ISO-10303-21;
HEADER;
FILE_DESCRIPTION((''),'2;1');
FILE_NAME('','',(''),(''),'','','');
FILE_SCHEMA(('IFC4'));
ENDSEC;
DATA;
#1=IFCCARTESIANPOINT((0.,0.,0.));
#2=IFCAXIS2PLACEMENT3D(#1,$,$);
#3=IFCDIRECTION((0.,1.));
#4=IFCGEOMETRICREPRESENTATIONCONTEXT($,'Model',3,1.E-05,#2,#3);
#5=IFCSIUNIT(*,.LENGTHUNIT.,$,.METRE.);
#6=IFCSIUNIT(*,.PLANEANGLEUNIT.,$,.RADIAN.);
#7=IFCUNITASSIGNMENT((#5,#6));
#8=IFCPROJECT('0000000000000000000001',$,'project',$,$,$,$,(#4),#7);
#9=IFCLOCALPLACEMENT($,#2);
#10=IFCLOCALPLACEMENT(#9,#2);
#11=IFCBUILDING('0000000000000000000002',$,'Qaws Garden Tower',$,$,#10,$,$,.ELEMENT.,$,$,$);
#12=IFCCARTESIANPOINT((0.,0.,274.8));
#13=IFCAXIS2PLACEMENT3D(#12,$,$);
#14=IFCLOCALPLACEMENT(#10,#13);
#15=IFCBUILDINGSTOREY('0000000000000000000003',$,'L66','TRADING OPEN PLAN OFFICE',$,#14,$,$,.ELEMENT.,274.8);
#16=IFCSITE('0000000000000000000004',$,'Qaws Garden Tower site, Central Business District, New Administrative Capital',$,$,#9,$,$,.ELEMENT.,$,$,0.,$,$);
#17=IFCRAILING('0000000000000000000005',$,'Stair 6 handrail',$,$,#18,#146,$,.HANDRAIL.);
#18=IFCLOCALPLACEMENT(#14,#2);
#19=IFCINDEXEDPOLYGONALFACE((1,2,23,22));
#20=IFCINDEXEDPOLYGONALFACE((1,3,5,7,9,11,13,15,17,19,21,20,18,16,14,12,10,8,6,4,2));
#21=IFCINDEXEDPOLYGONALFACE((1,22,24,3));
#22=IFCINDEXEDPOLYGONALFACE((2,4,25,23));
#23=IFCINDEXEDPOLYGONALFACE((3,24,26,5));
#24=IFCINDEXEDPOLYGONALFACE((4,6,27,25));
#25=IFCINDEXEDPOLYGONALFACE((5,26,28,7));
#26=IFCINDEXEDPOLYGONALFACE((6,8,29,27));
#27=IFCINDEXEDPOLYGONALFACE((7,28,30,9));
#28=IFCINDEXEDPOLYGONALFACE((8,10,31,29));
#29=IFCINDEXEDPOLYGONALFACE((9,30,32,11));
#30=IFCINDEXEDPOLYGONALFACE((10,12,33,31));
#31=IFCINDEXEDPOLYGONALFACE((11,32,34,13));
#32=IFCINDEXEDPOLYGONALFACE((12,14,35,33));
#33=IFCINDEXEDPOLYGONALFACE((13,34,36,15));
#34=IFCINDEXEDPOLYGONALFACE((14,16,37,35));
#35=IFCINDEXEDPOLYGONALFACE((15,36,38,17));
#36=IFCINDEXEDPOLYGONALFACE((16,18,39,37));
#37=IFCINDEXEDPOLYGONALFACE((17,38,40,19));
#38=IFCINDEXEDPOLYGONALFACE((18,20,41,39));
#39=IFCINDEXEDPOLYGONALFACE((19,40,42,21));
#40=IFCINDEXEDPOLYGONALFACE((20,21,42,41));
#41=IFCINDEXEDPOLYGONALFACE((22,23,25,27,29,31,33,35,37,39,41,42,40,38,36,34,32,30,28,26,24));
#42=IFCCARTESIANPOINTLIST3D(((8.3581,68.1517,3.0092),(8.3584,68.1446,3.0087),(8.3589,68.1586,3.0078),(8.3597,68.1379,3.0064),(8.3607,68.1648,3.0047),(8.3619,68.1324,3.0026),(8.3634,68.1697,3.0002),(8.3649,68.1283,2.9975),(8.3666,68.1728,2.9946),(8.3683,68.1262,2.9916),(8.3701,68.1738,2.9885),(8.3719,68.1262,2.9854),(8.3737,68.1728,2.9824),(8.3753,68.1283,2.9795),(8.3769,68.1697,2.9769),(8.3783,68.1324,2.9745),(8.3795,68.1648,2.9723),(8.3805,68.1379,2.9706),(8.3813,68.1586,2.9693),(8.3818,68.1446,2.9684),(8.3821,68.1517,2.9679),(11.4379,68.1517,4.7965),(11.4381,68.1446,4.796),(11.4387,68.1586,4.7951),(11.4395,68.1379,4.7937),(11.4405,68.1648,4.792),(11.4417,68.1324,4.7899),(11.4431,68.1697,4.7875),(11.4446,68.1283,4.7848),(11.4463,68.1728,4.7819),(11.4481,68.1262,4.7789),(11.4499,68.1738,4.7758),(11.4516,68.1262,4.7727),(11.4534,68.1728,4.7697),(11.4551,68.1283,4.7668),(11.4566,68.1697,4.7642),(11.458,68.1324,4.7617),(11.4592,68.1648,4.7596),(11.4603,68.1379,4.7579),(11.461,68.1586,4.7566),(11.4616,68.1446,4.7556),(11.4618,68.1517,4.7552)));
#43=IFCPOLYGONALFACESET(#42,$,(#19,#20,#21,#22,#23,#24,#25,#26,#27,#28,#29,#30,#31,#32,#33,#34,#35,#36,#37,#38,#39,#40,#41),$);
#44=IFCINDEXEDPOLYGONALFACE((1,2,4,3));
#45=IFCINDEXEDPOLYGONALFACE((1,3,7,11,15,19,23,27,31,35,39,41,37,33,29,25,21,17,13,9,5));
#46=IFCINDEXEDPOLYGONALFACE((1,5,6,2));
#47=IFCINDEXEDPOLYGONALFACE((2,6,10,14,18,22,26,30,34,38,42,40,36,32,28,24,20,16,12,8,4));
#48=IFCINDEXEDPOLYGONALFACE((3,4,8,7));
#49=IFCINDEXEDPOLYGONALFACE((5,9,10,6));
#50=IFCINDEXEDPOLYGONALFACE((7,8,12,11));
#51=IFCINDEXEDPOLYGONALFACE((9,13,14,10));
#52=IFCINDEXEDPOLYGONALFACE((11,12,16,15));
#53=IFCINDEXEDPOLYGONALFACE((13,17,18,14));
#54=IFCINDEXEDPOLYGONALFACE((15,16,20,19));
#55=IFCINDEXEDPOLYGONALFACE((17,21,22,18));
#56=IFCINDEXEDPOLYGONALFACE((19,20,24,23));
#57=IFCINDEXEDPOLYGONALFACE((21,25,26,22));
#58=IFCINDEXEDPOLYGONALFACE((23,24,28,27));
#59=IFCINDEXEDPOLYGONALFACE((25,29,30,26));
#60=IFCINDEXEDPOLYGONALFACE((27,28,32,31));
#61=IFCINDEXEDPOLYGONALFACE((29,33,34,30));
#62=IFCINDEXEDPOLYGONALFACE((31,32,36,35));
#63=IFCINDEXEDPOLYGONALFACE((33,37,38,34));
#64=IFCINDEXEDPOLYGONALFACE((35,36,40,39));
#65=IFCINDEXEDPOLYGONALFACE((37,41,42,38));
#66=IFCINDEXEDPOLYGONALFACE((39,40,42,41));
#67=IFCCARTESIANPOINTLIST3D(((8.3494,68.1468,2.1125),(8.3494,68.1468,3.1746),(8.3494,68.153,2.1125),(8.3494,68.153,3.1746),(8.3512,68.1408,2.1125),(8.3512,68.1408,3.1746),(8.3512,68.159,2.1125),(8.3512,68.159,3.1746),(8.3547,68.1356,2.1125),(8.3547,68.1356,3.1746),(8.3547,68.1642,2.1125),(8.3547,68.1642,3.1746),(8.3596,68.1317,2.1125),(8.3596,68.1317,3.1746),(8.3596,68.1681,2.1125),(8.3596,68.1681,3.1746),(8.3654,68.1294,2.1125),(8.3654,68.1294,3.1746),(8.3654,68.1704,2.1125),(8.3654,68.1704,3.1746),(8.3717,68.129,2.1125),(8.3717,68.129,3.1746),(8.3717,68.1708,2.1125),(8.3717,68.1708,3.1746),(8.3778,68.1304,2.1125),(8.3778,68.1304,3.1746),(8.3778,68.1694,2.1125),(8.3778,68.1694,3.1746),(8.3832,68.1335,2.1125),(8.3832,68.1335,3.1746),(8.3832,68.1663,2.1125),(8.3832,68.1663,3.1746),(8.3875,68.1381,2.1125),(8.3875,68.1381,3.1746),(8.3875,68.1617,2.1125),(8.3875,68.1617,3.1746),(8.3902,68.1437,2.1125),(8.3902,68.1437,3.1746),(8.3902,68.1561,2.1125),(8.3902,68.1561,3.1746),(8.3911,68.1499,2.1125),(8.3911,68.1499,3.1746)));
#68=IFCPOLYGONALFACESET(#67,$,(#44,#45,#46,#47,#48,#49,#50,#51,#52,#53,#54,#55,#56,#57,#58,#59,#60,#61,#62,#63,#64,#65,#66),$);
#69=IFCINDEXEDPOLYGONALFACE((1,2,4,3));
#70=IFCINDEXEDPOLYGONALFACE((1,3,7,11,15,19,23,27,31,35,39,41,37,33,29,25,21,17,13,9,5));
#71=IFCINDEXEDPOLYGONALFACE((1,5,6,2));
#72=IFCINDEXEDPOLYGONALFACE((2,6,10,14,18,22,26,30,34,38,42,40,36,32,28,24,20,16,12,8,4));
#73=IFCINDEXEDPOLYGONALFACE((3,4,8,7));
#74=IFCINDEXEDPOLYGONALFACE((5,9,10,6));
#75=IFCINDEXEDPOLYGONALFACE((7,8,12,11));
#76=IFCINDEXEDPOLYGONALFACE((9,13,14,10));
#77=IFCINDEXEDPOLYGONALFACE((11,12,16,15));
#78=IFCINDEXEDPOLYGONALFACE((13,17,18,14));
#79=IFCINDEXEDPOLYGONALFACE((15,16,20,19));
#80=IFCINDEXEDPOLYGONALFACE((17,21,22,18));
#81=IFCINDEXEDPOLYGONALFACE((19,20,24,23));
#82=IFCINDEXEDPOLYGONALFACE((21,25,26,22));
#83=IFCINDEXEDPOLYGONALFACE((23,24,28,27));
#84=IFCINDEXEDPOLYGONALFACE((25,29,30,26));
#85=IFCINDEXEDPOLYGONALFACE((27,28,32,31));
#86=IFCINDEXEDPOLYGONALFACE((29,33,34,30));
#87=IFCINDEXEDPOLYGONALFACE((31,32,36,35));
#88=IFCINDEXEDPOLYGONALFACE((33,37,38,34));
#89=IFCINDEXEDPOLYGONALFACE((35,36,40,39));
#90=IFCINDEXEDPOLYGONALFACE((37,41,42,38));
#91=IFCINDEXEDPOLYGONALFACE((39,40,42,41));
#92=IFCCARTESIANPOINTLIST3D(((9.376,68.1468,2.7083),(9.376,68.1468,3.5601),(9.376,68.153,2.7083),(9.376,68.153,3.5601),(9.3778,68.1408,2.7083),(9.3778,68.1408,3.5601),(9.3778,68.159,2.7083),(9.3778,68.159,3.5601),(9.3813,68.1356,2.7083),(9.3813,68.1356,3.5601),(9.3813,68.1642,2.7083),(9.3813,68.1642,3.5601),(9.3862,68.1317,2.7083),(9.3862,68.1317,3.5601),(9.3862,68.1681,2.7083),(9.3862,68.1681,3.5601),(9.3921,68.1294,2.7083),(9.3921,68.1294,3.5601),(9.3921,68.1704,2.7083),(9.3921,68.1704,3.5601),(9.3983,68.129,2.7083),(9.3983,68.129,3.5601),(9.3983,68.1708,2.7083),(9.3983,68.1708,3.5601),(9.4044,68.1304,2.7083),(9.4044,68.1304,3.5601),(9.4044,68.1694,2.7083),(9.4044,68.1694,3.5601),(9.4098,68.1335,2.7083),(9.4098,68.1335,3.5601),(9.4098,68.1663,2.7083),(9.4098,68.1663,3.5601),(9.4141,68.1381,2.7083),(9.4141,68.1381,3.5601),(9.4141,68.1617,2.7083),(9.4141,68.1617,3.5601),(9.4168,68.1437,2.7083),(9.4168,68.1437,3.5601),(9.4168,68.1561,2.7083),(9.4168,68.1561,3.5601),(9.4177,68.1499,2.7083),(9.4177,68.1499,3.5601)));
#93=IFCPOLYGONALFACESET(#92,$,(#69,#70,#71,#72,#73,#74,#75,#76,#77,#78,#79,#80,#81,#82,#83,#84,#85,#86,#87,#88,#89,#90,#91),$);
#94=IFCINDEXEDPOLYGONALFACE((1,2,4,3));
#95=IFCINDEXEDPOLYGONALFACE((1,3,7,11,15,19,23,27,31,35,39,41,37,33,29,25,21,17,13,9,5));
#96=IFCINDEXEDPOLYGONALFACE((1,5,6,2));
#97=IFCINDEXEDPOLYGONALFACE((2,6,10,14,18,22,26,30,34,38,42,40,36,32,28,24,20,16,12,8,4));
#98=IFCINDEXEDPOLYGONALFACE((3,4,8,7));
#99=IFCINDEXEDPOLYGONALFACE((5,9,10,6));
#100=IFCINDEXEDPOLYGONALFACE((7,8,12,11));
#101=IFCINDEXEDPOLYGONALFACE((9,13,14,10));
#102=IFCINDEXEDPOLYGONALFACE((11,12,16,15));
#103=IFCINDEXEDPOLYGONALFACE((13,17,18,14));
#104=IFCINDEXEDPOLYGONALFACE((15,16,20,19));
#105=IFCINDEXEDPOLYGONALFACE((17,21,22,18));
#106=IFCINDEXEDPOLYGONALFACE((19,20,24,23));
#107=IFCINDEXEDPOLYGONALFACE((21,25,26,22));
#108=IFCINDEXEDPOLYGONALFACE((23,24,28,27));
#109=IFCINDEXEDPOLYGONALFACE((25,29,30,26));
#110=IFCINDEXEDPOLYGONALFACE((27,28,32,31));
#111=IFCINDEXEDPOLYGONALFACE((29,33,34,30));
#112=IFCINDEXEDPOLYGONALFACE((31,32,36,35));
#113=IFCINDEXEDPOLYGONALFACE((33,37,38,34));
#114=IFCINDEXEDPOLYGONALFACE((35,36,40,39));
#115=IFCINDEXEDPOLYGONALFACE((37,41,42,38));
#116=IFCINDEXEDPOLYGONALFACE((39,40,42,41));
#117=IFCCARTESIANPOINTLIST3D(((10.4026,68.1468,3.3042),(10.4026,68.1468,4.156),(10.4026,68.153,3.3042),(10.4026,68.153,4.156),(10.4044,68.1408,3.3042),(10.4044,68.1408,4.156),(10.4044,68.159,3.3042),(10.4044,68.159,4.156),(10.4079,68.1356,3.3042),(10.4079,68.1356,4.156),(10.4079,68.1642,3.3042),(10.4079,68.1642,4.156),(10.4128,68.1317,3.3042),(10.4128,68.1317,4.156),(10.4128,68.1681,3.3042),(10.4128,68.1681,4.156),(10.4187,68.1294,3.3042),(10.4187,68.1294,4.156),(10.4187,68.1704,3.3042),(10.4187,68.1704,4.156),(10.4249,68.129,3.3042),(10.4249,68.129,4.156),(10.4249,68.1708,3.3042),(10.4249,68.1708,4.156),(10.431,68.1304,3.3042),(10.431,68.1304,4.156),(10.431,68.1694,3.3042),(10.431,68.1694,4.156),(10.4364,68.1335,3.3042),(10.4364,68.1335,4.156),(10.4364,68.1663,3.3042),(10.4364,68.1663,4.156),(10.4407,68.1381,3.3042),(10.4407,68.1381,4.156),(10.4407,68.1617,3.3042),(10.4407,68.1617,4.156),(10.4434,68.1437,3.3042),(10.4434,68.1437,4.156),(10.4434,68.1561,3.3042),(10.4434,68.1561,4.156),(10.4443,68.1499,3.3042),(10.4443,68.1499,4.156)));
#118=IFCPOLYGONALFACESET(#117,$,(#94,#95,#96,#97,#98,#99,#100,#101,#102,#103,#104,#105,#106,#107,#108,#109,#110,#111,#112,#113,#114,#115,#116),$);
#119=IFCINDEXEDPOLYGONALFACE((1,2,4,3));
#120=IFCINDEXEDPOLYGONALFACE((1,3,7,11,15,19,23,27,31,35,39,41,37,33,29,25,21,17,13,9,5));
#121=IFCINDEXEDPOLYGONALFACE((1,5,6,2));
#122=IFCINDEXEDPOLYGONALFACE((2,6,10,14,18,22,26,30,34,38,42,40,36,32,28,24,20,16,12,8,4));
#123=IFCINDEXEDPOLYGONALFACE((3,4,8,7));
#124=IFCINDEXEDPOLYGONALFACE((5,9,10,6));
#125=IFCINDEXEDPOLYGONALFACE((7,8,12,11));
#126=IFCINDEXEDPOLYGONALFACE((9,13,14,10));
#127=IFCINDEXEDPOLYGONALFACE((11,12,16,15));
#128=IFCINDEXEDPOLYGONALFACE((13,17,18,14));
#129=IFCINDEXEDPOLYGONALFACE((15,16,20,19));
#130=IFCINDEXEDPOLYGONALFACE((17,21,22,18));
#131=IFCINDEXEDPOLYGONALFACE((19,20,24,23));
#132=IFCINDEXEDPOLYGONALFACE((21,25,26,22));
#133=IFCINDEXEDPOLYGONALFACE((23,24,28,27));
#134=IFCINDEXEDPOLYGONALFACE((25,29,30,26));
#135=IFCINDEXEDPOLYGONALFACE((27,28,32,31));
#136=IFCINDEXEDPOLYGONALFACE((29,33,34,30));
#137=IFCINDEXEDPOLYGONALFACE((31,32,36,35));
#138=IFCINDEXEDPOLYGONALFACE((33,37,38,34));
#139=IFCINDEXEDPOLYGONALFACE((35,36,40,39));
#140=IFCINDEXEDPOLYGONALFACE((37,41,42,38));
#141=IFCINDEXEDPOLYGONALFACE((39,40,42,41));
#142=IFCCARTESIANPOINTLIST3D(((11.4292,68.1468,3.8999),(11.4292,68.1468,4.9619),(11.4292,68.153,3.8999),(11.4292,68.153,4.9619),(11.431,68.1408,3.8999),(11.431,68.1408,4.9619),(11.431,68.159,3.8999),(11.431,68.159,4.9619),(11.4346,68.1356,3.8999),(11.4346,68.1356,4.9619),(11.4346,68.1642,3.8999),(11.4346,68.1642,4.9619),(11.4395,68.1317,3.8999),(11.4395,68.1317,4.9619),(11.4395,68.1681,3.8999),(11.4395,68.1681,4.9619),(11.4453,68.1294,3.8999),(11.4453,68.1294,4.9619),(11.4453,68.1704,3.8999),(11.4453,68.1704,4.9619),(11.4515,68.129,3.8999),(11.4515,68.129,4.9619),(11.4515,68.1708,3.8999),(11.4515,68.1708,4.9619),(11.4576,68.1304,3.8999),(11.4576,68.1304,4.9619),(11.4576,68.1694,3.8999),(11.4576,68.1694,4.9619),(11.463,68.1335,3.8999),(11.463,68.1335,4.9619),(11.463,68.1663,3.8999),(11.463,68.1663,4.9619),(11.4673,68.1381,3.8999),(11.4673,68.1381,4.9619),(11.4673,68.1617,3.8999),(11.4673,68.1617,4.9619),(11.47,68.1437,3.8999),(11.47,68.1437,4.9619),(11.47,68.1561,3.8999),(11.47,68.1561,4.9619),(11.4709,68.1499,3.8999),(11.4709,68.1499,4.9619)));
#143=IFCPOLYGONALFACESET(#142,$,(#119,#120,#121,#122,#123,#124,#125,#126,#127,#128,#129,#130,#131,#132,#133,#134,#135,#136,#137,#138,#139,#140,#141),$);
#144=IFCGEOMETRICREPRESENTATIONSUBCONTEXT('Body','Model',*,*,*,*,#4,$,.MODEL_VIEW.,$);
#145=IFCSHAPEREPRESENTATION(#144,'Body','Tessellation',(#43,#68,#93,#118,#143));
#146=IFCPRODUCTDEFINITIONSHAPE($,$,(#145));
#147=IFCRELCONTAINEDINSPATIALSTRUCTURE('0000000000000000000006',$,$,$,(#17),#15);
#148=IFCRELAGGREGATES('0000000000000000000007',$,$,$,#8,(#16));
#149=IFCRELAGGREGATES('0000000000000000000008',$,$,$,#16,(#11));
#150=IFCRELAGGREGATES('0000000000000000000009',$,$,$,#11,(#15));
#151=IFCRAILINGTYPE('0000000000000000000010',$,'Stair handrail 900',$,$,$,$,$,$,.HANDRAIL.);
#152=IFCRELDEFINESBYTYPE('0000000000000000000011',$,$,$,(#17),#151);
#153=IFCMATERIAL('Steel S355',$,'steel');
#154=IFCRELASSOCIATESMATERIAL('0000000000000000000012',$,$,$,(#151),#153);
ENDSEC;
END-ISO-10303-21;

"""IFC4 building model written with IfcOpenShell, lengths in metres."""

from ifc_helpers import new_model, si_unit, direction, frame, origin, origin_2d, place, context, subcontext, project, spatial, circle, extrude, material, type_object, element, save


model = new_model("IFC4")

# Units and contexts
model_context = context("Model", 3, precision=1e-05, world=origin(), true_north=direction((0.0, 1.0)))
body_context = subcontext(model_context, "Body", "Model", "MODEL_VIEW")
ifc_project = project(units=[si_unit("LENGTHUNIT", "METRE"), si_unit("PLANEANGLEUNIT", "RADIAN")], contexts=[model_context])

# Site, building, storey
site_placement = place(None, origin())
site = spatial("IfcSite", under=ifc_project, at=site_placement, Name="Qaws Garden Tower site, Central Business District, New Administrative Capital", CompositionType="ELEMENT", RefElevation=0.0)
building_placement = place(site_placement, origin())
building = spatial("IfcBuilding", under=site, at=building_placement, Name="Qaws Garden Tower", CompositionType="ELEMENT")
storey_placement = place(building_placement, frame((0.0, 0.0, 274.8)))
storey = spatial("IfcBuildingStorey", under=building, at=storey_placement, Name="L66", Description="TRADING OPEN PLAN OFFICE", CompositionType="ELEMENT", Elevation=274.8)

# Railing
ifc_material_1 = material(Name="Steel S355", Category="steel")
railing_type = type_object("IfcRailingType", Name="Stair handrail 900", PredefinedType="HANDRAIL", material=ifc_material_1)
railing_1_placement = place(storey_placement, frame((8.3701, 68.1499, 2.1125)))
element("IfcRailing", 1, at=railing_1_placement, inside=storey, type_object=railing_type, Name="Stair 6 handrail", PredefinedType="HANDRAIL", context=body_context, shape_type="SweptSolid", body=[
    extrude(circle(Radius=0.0239, at=origin_2d()), frame((0.0, 0.0, 0.876), z_axis=(0.864903, 0.0, 0.501939), x_axis=(0.0, 1.0, 0.0)), (0.0, 0.0, 1.0), 3.5608),
    extrude(circle(Radius=0.021, at=origin_2d()), origin(), (0.0, 0.0, 1.0), 1.062),
    extrude(circle(Radius=0.021, at=origin_2d()), frame((1.0266, 0.0, 0.5957)), (0.0, 0.0, 1.0), 0.8518),
    extrude(circle(Radius=0.021, at=origin_2d()), frame((2.0532, 0.0, 1.1917)), (0.0, 0.0, 1.0), 0.8518),
    extrude(circle(Radius=0.021, at=origin_2d()), frame((3.0798, 0.0, 1.7874)), (0.0, 0.0, 1.0), 1.062),
])

save(model, "model.ifc")
